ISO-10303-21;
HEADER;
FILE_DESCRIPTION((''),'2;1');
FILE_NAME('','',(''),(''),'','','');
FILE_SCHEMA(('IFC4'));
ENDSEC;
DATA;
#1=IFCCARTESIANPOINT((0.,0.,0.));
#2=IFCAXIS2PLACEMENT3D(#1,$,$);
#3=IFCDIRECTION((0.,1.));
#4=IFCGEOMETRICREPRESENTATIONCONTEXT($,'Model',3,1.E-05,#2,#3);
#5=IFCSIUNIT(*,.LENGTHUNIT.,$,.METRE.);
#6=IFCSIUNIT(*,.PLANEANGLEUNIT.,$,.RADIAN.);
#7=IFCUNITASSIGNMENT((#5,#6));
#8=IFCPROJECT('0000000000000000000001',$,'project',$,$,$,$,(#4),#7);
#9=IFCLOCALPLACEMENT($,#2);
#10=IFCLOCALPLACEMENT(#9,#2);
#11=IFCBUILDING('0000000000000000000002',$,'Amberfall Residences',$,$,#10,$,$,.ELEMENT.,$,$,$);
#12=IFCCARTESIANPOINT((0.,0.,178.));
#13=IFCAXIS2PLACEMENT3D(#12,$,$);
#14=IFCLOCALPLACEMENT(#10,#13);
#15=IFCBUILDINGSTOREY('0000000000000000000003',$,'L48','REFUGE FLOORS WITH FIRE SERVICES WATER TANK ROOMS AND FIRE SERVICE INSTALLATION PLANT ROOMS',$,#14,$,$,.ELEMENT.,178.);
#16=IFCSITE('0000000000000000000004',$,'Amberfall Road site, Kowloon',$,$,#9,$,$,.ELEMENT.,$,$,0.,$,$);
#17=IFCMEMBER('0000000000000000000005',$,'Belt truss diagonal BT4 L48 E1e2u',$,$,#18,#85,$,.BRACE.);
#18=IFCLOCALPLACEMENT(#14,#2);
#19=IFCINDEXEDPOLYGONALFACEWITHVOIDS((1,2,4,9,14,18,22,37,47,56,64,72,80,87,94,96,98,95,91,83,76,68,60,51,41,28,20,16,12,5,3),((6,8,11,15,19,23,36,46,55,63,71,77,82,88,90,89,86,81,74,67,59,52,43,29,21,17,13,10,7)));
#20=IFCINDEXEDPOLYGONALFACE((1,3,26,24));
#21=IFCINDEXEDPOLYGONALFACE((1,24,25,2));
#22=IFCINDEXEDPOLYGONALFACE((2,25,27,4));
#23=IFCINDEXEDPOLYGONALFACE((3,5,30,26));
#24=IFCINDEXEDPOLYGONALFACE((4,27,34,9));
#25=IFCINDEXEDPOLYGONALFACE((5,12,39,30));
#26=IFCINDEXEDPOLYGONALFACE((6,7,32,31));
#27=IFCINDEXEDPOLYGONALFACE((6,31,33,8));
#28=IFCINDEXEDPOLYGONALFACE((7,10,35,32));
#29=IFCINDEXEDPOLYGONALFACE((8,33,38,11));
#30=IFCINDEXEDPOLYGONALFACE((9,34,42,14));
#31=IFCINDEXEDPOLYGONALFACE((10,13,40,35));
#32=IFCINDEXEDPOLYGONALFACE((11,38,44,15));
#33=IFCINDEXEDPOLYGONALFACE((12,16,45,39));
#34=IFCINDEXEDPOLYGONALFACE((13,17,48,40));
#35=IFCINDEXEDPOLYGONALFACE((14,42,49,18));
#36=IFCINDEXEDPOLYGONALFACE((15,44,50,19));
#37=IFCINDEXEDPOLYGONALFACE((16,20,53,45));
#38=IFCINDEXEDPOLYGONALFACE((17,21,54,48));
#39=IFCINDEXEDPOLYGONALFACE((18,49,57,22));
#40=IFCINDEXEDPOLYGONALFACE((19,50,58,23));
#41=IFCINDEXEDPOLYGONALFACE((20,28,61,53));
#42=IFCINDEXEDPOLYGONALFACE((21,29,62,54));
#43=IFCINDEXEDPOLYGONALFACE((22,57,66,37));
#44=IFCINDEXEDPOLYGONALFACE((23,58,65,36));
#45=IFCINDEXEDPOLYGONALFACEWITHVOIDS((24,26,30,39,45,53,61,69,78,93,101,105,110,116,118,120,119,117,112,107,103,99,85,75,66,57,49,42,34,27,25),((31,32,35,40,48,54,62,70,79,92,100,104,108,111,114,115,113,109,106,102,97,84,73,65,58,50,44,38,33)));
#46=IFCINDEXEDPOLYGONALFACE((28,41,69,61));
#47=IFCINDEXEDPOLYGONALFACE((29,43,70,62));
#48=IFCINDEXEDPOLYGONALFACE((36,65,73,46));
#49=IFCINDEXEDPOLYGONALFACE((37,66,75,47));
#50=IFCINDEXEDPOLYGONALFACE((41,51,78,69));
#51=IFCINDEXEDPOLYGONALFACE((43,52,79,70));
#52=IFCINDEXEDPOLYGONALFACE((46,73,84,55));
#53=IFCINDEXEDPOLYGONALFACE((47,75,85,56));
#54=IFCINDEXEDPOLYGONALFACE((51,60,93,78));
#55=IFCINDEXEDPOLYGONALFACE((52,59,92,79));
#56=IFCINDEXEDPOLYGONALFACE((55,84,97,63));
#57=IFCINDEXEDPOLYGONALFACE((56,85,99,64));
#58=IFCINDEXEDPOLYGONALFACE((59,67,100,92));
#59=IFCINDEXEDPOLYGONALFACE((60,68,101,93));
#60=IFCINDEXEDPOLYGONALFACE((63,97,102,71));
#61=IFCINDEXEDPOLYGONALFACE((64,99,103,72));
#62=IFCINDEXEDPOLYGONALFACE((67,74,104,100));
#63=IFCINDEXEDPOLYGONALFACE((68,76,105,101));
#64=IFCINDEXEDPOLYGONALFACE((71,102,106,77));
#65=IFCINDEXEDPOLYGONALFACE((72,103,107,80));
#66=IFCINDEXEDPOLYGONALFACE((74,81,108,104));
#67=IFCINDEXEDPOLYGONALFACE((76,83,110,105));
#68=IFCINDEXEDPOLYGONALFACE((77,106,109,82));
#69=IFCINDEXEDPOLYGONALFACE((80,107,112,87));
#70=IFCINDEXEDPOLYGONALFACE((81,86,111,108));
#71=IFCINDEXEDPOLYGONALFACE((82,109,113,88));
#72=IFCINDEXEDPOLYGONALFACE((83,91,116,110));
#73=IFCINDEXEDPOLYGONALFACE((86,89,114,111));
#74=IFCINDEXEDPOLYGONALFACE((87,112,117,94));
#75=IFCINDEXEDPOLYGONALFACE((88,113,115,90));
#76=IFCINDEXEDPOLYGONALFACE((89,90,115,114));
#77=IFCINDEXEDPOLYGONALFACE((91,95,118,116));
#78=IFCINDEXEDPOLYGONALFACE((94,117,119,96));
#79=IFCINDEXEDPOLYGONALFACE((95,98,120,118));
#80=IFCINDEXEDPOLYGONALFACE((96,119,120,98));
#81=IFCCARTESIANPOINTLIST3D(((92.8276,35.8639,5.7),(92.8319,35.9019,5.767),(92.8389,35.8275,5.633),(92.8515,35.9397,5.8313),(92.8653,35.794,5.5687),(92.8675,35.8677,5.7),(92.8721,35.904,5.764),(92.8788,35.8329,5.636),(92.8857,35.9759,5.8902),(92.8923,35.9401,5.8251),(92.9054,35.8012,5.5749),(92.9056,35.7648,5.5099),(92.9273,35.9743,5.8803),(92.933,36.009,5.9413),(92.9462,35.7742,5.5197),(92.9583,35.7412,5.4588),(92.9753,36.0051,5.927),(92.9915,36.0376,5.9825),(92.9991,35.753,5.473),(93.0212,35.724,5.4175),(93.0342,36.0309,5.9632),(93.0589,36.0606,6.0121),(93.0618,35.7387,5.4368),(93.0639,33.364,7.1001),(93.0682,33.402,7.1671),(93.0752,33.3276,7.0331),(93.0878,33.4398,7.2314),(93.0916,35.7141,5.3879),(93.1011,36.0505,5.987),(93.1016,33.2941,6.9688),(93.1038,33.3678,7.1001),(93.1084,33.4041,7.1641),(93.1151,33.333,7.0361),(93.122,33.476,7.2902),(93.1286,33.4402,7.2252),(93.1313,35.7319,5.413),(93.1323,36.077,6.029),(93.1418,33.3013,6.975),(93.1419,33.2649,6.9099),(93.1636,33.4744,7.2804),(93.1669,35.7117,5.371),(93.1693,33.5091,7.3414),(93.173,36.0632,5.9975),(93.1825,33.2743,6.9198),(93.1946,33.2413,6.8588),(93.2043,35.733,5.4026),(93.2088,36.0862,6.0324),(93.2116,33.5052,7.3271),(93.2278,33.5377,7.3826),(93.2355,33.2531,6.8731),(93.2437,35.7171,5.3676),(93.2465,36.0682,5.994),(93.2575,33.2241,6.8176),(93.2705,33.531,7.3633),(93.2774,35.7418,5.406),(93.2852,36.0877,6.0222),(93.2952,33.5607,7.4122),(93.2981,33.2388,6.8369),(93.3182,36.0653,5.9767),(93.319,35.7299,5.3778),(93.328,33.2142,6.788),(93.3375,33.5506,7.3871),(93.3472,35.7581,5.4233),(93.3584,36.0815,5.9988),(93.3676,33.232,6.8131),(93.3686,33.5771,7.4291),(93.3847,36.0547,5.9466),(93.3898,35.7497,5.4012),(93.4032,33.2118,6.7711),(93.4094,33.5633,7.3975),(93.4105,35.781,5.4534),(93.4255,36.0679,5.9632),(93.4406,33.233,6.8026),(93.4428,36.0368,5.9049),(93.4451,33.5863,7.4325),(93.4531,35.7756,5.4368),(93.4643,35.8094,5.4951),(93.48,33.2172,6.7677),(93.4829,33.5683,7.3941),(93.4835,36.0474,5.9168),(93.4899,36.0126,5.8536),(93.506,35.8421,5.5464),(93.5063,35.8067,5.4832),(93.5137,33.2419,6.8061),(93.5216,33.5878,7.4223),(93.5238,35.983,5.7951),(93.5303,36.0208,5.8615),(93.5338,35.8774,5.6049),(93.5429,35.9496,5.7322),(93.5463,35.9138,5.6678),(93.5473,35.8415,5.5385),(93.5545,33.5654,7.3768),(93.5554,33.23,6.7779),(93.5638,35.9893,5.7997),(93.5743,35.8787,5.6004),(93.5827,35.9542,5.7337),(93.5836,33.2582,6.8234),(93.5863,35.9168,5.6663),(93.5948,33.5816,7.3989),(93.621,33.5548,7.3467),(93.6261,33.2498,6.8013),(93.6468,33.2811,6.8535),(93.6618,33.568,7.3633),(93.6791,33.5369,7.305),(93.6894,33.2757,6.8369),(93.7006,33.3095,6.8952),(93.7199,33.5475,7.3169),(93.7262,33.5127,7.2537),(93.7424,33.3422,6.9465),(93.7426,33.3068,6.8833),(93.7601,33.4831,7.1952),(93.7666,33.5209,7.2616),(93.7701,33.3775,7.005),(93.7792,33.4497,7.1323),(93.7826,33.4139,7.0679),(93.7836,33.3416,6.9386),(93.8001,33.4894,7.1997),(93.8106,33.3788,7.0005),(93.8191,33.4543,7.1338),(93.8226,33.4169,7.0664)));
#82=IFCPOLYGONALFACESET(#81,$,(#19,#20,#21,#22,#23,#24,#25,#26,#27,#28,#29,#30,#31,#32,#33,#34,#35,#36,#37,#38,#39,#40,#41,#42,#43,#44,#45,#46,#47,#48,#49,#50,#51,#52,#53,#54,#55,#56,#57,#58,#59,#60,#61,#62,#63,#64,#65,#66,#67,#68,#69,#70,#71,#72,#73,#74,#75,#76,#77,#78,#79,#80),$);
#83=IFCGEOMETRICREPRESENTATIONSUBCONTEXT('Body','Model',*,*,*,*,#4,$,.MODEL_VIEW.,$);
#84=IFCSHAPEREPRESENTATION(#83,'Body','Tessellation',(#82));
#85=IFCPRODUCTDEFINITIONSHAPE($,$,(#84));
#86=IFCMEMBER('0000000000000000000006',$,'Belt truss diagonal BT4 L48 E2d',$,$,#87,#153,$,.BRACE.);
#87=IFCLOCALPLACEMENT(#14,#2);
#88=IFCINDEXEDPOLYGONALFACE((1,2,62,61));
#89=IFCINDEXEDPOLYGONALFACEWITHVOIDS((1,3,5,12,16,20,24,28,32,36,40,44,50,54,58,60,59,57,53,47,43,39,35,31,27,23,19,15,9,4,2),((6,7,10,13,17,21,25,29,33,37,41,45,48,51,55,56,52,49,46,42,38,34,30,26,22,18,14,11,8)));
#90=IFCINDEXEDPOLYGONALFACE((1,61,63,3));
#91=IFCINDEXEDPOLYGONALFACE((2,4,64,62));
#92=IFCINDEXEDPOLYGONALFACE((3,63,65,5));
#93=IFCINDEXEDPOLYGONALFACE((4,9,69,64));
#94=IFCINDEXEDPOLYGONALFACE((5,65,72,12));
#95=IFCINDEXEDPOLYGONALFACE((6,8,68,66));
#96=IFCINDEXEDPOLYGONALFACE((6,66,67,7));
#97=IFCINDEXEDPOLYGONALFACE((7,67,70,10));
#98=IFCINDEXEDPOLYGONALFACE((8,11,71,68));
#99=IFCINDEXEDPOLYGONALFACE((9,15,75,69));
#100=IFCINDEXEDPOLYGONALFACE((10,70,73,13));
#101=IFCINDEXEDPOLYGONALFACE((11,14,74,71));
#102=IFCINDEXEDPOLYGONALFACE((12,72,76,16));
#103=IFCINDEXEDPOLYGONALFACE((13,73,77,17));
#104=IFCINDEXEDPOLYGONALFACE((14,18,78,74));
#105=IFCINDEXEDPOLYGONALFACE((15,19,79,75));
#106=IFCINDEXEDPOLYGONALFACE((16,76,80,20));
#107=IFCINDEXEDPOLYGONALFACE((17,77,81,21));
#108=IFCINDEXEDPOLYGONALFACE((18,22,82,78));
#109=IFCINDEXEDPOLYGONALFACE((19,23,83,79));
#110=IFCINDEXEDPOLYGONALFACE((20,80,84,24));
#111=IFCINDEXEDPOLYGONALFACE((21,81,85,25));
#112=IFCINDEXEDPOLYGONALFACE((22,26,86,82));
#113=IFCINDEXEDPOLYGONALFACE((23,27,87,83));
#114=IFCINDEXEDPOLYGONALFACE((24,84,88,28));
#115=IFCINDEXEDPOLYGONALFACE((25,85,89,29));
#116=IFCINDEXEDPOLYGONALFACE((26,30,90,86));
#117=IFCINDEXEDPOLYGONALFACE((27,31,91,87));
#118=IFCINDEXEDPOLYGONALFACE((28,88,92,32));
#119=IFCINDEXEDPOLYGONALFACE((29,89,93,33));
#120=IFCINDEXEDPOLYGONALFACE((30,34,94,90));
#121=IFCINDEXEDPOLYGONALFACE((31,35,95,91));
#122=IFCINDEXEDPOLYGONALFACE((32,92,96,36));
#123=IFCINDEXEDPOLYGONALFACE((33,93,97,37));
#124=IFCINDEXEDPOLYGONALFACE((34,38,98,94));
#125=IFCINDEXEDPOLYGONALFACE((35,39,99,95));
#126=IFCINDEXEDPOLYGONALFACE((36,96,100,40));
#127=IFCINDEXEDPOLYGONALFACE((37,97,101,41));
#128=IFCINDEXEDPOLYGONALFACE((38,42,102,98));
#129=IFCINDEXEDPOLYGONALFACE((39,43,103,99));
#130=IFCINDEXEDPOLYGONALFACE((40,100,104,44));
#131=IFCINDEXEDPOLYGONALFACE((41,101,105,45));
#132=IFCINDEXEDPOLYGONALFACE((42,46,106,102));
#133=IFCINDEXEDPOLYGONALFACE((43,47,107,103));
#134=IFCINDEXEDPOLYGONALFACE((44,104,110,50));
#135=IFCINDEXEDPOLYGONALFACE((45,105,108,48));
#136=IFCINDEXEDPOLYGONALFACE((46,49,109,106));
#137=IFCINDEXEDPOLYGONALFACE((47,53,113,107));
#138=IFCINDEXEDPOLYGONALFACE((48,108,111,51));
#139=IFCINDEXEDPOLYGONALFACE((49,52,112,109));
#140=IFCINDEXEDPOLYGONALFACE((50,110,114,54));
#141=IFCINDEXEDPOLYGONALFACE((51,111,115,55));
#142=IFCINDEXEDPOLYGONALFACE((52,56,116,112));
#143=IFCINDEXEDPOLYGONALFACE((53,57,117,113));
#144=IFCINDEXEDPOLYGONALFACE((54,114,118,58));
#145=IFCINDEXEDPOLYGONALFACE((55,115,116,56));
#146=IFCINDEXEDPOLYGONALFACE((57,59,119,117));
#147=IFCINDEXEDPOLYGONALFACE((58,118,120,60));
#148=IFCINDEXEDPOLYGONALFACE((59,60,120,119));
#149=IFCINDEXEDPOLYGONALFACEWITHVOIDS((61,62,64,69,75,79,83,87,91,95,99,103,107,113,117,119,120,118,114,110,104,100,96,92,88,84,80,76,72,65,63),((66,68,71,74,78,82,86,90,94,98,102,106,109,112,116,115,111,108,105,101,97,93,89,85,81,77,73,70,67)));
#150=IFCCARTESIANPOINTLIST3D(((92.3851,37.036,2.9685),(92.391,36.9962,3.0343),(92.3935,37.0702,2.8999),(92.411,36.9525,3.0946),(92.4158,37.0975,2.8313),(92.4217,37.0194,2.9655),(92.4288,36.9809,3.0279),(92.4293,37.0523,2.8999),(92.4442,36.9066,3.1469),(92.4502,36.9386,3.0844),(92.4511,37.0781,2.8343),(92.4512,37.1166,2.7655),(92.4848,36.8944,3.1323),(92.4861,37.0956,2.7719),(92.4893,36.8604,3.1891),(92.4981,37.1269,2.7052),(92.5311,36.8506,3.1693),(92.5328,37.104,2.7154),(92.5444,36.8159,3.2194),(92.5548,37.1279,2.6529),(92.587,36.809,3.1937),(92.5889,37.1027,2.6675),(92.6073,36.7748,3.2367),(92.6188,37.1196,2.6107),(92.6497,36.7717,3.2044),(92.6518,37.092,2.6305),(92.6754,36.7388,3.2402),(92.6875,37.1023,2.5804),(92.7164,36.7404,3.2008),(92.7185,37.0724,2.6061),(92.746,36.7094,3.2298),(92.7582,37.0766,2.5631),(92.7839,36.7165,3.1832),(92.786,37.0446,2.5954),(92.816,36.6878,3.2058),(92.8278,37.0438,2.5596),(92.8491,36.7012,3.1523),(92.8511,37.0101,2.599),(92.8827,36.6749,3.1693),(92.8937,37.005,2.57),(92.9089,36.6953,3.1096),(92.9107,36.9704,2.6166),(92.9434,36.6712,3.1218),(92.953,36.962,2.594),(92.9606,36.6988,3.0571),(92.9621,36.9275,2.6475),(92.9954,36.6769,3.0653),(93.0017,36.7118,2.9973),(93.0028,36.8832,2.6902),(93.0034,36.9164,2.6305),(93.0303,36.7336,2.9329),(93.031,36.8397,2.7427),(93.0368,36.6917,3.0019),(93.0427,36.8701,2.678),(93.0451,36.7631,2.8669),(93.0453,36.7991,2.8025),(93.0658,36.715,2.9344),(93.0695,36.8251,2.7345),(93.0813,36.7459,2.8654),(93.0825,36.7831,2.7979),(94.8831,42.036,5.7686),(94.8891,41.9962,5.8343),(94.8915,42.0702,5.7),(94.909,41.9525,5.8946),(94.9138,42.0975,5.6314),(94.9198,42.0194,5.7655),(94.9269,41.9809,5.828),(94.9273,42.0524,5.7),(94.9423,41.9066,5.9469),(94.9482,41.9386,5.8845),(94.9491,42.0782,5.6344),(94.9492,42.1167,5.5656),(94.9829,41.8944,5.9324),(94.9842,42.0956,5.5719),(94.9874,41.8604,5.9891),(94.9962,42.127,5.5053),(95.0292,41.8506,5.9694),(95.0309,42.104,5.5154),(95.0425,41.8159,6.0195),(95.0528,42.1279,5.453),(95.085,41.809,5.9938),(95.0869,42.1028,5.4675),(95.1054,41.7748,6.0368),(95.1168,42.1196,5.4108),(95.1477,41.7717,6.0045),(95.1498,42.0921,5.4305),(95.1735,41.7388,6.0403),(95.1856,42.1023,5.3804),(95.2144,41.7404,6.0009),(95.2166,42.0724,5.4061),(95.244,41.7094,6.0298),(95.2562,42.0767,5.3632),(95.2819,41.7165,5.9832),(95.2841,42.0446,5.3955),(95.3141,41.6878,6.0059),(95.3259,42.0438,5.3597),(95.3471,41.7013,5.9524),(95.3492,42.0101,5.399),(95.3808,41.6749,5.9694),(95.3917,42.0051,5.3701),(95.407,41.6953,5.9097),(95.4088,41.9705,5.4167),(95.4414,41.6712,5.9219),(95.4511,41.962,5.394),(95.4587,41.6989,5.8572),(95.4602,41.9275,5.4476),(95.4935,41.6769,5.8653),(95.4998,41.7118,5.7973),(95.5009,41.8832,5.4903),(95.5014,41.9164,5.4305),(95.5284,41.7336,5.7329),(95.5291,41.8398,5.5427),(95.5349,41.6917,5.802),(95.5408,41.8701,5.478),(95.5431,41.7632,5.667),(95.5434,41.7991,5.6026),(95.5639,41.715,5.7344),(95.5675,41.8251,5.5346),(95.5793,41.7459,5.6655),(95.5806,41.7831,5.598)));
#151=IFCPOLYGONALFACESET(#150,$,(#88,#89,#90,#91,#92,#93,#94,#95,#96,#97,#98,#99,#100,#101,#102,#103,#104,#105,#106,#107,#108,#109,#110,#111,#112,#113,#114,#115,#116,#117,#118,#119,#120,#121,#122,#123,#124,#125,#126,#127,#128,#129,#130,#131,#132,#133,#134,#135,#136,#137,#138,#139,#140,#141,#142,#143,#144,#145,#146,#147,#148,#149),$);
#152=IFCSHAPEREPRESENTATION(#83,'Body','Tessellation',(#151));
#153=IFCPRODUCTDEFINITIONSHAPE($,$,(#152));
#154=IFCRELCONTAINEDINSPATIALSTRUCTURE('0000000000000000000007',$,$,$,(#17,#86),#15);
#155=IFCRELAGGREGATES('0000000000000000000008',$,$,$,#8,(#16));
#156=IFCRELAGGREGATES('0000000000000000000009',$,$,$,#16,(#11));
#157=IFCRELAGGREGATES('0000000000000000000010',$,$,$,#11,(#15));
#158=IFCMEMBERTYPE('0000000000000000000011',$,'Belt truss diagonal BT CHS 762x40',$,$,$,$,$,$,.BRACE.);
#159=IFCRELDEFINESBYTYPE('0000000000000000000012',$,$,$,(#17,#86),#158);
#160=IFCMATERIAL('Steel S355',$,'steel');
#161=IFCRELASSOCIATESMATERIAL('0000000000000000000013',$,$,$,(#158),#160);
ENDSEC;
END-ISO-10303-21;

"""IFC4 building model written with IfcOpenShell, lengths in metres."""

from ifc_helpers import new_model, si_unit, direction, frame, origin, origin_2d, place, context, subcontext, project, spatial, hollow_circle, extrude, material, material_profile, profile_set, type_object, element, save


model = new_model("IFC4")

# Units and contexts
model_context = context("Model", 3, precision=1e-05, world=origin(), true_north=direction((0.0, 1.0)))
body_context = subcontext(model_context, "Body", "Model", "MODEL_VIEW")
ifc_project = project(units=[si_unit("LENGTHUNIT", "METRE"), si_unit("PLANEANGLEUNIT", "RADIAN")], contexts=[model_context])

# Site, building, storey
site_placement = place(None, origin())
site = spatial("IfcSite", under=ifc_project, at=site_placement, Name="Amberfall Road site, Kowloon", CompositionType="ELEMENT", RefElevation=0.0)
building_placement = place(site_placement, origin())
building = spatial("IfcBuilding", under=site, at=building_placement, Name="Amberfall Residences", CompositionType="ELEMENT")
storey_placement = place(building_placement, frame((0.0, 0.0, 178.0)))
storey = spatial("IfcBuildingStorey", under=building, at=storey_placement, Name="L48", Description="REFUGE FLOORS WITH FIRE SERVICES WATER TANK ROOMS AND FIRE SERVICE INSTALLATION PLANT ROOMS", CompositionType="ELEMENT", Elevation=178.0)

# Shared definitions
ifc_material_1 = material(Name="Steel S355", Category="steel")

# Members
ifc_material_profile_1 = material_profile(ifc_material_1, hollow_circle(Radius=0.3811, WallThickness=0.04, at=origin_2d()), Name="CHS 762x40")
ifc_profile_set_1 = profile_set([ifc_material_profile_1], Name="Steel S355")
member_type = type_object("IfcMemberType", Name="Belt truss diagonal BT CHS 762x40", PredefinedType="BRACE", material=ifc_profile_set_1)
for number, where, z_axis, x_axis, name in (
    (1, (93.4434, 33.3999, 7.1001), (-0.082198, 0.869532, -0.486989), (-0.995562, -0.094112, 0.0), "Belt truss diagonal BT4 L48 E1e2u"),
):
    element("IfcMember", number, at=place(storey_placement, frame(where, z_axis=z_axis, x_axis=x_axis)), inside=storey, type_object=member_type, Name=name, PredefinedType="BRACE", context=body_context, shape_type="SweptSolid", body=[
        extrude(hollow_circle(Radius=0.3811, WallThickness=0.04, at=origin_2d()), origin(), (0.0, 0.0, 1.0), 2.875),
    ])
member_1_placement = place(storey_placement, frame((92.7344, 36.8999, 2.8999), z_axis=(0.399595, 0.799816, 0.447905), x_axis=(-0.894567, 0.446934, 0.0)))
element("IfcMember", 2, at=member_1_placement, inside=storey, type_object=member_type, Name="Belt truss diagonal BT4 L48 E2d", PredefinedType="BRACE", context=body_context, shape_type="SweptSolid", body=[
    extrude(hollow_circle(Radius=0.3811, WallThickness=0.04, at=origin_2d()), origin(), (0.0, 0.0, 1.0), 6.2515),
])

save(model, "model.ifc")
